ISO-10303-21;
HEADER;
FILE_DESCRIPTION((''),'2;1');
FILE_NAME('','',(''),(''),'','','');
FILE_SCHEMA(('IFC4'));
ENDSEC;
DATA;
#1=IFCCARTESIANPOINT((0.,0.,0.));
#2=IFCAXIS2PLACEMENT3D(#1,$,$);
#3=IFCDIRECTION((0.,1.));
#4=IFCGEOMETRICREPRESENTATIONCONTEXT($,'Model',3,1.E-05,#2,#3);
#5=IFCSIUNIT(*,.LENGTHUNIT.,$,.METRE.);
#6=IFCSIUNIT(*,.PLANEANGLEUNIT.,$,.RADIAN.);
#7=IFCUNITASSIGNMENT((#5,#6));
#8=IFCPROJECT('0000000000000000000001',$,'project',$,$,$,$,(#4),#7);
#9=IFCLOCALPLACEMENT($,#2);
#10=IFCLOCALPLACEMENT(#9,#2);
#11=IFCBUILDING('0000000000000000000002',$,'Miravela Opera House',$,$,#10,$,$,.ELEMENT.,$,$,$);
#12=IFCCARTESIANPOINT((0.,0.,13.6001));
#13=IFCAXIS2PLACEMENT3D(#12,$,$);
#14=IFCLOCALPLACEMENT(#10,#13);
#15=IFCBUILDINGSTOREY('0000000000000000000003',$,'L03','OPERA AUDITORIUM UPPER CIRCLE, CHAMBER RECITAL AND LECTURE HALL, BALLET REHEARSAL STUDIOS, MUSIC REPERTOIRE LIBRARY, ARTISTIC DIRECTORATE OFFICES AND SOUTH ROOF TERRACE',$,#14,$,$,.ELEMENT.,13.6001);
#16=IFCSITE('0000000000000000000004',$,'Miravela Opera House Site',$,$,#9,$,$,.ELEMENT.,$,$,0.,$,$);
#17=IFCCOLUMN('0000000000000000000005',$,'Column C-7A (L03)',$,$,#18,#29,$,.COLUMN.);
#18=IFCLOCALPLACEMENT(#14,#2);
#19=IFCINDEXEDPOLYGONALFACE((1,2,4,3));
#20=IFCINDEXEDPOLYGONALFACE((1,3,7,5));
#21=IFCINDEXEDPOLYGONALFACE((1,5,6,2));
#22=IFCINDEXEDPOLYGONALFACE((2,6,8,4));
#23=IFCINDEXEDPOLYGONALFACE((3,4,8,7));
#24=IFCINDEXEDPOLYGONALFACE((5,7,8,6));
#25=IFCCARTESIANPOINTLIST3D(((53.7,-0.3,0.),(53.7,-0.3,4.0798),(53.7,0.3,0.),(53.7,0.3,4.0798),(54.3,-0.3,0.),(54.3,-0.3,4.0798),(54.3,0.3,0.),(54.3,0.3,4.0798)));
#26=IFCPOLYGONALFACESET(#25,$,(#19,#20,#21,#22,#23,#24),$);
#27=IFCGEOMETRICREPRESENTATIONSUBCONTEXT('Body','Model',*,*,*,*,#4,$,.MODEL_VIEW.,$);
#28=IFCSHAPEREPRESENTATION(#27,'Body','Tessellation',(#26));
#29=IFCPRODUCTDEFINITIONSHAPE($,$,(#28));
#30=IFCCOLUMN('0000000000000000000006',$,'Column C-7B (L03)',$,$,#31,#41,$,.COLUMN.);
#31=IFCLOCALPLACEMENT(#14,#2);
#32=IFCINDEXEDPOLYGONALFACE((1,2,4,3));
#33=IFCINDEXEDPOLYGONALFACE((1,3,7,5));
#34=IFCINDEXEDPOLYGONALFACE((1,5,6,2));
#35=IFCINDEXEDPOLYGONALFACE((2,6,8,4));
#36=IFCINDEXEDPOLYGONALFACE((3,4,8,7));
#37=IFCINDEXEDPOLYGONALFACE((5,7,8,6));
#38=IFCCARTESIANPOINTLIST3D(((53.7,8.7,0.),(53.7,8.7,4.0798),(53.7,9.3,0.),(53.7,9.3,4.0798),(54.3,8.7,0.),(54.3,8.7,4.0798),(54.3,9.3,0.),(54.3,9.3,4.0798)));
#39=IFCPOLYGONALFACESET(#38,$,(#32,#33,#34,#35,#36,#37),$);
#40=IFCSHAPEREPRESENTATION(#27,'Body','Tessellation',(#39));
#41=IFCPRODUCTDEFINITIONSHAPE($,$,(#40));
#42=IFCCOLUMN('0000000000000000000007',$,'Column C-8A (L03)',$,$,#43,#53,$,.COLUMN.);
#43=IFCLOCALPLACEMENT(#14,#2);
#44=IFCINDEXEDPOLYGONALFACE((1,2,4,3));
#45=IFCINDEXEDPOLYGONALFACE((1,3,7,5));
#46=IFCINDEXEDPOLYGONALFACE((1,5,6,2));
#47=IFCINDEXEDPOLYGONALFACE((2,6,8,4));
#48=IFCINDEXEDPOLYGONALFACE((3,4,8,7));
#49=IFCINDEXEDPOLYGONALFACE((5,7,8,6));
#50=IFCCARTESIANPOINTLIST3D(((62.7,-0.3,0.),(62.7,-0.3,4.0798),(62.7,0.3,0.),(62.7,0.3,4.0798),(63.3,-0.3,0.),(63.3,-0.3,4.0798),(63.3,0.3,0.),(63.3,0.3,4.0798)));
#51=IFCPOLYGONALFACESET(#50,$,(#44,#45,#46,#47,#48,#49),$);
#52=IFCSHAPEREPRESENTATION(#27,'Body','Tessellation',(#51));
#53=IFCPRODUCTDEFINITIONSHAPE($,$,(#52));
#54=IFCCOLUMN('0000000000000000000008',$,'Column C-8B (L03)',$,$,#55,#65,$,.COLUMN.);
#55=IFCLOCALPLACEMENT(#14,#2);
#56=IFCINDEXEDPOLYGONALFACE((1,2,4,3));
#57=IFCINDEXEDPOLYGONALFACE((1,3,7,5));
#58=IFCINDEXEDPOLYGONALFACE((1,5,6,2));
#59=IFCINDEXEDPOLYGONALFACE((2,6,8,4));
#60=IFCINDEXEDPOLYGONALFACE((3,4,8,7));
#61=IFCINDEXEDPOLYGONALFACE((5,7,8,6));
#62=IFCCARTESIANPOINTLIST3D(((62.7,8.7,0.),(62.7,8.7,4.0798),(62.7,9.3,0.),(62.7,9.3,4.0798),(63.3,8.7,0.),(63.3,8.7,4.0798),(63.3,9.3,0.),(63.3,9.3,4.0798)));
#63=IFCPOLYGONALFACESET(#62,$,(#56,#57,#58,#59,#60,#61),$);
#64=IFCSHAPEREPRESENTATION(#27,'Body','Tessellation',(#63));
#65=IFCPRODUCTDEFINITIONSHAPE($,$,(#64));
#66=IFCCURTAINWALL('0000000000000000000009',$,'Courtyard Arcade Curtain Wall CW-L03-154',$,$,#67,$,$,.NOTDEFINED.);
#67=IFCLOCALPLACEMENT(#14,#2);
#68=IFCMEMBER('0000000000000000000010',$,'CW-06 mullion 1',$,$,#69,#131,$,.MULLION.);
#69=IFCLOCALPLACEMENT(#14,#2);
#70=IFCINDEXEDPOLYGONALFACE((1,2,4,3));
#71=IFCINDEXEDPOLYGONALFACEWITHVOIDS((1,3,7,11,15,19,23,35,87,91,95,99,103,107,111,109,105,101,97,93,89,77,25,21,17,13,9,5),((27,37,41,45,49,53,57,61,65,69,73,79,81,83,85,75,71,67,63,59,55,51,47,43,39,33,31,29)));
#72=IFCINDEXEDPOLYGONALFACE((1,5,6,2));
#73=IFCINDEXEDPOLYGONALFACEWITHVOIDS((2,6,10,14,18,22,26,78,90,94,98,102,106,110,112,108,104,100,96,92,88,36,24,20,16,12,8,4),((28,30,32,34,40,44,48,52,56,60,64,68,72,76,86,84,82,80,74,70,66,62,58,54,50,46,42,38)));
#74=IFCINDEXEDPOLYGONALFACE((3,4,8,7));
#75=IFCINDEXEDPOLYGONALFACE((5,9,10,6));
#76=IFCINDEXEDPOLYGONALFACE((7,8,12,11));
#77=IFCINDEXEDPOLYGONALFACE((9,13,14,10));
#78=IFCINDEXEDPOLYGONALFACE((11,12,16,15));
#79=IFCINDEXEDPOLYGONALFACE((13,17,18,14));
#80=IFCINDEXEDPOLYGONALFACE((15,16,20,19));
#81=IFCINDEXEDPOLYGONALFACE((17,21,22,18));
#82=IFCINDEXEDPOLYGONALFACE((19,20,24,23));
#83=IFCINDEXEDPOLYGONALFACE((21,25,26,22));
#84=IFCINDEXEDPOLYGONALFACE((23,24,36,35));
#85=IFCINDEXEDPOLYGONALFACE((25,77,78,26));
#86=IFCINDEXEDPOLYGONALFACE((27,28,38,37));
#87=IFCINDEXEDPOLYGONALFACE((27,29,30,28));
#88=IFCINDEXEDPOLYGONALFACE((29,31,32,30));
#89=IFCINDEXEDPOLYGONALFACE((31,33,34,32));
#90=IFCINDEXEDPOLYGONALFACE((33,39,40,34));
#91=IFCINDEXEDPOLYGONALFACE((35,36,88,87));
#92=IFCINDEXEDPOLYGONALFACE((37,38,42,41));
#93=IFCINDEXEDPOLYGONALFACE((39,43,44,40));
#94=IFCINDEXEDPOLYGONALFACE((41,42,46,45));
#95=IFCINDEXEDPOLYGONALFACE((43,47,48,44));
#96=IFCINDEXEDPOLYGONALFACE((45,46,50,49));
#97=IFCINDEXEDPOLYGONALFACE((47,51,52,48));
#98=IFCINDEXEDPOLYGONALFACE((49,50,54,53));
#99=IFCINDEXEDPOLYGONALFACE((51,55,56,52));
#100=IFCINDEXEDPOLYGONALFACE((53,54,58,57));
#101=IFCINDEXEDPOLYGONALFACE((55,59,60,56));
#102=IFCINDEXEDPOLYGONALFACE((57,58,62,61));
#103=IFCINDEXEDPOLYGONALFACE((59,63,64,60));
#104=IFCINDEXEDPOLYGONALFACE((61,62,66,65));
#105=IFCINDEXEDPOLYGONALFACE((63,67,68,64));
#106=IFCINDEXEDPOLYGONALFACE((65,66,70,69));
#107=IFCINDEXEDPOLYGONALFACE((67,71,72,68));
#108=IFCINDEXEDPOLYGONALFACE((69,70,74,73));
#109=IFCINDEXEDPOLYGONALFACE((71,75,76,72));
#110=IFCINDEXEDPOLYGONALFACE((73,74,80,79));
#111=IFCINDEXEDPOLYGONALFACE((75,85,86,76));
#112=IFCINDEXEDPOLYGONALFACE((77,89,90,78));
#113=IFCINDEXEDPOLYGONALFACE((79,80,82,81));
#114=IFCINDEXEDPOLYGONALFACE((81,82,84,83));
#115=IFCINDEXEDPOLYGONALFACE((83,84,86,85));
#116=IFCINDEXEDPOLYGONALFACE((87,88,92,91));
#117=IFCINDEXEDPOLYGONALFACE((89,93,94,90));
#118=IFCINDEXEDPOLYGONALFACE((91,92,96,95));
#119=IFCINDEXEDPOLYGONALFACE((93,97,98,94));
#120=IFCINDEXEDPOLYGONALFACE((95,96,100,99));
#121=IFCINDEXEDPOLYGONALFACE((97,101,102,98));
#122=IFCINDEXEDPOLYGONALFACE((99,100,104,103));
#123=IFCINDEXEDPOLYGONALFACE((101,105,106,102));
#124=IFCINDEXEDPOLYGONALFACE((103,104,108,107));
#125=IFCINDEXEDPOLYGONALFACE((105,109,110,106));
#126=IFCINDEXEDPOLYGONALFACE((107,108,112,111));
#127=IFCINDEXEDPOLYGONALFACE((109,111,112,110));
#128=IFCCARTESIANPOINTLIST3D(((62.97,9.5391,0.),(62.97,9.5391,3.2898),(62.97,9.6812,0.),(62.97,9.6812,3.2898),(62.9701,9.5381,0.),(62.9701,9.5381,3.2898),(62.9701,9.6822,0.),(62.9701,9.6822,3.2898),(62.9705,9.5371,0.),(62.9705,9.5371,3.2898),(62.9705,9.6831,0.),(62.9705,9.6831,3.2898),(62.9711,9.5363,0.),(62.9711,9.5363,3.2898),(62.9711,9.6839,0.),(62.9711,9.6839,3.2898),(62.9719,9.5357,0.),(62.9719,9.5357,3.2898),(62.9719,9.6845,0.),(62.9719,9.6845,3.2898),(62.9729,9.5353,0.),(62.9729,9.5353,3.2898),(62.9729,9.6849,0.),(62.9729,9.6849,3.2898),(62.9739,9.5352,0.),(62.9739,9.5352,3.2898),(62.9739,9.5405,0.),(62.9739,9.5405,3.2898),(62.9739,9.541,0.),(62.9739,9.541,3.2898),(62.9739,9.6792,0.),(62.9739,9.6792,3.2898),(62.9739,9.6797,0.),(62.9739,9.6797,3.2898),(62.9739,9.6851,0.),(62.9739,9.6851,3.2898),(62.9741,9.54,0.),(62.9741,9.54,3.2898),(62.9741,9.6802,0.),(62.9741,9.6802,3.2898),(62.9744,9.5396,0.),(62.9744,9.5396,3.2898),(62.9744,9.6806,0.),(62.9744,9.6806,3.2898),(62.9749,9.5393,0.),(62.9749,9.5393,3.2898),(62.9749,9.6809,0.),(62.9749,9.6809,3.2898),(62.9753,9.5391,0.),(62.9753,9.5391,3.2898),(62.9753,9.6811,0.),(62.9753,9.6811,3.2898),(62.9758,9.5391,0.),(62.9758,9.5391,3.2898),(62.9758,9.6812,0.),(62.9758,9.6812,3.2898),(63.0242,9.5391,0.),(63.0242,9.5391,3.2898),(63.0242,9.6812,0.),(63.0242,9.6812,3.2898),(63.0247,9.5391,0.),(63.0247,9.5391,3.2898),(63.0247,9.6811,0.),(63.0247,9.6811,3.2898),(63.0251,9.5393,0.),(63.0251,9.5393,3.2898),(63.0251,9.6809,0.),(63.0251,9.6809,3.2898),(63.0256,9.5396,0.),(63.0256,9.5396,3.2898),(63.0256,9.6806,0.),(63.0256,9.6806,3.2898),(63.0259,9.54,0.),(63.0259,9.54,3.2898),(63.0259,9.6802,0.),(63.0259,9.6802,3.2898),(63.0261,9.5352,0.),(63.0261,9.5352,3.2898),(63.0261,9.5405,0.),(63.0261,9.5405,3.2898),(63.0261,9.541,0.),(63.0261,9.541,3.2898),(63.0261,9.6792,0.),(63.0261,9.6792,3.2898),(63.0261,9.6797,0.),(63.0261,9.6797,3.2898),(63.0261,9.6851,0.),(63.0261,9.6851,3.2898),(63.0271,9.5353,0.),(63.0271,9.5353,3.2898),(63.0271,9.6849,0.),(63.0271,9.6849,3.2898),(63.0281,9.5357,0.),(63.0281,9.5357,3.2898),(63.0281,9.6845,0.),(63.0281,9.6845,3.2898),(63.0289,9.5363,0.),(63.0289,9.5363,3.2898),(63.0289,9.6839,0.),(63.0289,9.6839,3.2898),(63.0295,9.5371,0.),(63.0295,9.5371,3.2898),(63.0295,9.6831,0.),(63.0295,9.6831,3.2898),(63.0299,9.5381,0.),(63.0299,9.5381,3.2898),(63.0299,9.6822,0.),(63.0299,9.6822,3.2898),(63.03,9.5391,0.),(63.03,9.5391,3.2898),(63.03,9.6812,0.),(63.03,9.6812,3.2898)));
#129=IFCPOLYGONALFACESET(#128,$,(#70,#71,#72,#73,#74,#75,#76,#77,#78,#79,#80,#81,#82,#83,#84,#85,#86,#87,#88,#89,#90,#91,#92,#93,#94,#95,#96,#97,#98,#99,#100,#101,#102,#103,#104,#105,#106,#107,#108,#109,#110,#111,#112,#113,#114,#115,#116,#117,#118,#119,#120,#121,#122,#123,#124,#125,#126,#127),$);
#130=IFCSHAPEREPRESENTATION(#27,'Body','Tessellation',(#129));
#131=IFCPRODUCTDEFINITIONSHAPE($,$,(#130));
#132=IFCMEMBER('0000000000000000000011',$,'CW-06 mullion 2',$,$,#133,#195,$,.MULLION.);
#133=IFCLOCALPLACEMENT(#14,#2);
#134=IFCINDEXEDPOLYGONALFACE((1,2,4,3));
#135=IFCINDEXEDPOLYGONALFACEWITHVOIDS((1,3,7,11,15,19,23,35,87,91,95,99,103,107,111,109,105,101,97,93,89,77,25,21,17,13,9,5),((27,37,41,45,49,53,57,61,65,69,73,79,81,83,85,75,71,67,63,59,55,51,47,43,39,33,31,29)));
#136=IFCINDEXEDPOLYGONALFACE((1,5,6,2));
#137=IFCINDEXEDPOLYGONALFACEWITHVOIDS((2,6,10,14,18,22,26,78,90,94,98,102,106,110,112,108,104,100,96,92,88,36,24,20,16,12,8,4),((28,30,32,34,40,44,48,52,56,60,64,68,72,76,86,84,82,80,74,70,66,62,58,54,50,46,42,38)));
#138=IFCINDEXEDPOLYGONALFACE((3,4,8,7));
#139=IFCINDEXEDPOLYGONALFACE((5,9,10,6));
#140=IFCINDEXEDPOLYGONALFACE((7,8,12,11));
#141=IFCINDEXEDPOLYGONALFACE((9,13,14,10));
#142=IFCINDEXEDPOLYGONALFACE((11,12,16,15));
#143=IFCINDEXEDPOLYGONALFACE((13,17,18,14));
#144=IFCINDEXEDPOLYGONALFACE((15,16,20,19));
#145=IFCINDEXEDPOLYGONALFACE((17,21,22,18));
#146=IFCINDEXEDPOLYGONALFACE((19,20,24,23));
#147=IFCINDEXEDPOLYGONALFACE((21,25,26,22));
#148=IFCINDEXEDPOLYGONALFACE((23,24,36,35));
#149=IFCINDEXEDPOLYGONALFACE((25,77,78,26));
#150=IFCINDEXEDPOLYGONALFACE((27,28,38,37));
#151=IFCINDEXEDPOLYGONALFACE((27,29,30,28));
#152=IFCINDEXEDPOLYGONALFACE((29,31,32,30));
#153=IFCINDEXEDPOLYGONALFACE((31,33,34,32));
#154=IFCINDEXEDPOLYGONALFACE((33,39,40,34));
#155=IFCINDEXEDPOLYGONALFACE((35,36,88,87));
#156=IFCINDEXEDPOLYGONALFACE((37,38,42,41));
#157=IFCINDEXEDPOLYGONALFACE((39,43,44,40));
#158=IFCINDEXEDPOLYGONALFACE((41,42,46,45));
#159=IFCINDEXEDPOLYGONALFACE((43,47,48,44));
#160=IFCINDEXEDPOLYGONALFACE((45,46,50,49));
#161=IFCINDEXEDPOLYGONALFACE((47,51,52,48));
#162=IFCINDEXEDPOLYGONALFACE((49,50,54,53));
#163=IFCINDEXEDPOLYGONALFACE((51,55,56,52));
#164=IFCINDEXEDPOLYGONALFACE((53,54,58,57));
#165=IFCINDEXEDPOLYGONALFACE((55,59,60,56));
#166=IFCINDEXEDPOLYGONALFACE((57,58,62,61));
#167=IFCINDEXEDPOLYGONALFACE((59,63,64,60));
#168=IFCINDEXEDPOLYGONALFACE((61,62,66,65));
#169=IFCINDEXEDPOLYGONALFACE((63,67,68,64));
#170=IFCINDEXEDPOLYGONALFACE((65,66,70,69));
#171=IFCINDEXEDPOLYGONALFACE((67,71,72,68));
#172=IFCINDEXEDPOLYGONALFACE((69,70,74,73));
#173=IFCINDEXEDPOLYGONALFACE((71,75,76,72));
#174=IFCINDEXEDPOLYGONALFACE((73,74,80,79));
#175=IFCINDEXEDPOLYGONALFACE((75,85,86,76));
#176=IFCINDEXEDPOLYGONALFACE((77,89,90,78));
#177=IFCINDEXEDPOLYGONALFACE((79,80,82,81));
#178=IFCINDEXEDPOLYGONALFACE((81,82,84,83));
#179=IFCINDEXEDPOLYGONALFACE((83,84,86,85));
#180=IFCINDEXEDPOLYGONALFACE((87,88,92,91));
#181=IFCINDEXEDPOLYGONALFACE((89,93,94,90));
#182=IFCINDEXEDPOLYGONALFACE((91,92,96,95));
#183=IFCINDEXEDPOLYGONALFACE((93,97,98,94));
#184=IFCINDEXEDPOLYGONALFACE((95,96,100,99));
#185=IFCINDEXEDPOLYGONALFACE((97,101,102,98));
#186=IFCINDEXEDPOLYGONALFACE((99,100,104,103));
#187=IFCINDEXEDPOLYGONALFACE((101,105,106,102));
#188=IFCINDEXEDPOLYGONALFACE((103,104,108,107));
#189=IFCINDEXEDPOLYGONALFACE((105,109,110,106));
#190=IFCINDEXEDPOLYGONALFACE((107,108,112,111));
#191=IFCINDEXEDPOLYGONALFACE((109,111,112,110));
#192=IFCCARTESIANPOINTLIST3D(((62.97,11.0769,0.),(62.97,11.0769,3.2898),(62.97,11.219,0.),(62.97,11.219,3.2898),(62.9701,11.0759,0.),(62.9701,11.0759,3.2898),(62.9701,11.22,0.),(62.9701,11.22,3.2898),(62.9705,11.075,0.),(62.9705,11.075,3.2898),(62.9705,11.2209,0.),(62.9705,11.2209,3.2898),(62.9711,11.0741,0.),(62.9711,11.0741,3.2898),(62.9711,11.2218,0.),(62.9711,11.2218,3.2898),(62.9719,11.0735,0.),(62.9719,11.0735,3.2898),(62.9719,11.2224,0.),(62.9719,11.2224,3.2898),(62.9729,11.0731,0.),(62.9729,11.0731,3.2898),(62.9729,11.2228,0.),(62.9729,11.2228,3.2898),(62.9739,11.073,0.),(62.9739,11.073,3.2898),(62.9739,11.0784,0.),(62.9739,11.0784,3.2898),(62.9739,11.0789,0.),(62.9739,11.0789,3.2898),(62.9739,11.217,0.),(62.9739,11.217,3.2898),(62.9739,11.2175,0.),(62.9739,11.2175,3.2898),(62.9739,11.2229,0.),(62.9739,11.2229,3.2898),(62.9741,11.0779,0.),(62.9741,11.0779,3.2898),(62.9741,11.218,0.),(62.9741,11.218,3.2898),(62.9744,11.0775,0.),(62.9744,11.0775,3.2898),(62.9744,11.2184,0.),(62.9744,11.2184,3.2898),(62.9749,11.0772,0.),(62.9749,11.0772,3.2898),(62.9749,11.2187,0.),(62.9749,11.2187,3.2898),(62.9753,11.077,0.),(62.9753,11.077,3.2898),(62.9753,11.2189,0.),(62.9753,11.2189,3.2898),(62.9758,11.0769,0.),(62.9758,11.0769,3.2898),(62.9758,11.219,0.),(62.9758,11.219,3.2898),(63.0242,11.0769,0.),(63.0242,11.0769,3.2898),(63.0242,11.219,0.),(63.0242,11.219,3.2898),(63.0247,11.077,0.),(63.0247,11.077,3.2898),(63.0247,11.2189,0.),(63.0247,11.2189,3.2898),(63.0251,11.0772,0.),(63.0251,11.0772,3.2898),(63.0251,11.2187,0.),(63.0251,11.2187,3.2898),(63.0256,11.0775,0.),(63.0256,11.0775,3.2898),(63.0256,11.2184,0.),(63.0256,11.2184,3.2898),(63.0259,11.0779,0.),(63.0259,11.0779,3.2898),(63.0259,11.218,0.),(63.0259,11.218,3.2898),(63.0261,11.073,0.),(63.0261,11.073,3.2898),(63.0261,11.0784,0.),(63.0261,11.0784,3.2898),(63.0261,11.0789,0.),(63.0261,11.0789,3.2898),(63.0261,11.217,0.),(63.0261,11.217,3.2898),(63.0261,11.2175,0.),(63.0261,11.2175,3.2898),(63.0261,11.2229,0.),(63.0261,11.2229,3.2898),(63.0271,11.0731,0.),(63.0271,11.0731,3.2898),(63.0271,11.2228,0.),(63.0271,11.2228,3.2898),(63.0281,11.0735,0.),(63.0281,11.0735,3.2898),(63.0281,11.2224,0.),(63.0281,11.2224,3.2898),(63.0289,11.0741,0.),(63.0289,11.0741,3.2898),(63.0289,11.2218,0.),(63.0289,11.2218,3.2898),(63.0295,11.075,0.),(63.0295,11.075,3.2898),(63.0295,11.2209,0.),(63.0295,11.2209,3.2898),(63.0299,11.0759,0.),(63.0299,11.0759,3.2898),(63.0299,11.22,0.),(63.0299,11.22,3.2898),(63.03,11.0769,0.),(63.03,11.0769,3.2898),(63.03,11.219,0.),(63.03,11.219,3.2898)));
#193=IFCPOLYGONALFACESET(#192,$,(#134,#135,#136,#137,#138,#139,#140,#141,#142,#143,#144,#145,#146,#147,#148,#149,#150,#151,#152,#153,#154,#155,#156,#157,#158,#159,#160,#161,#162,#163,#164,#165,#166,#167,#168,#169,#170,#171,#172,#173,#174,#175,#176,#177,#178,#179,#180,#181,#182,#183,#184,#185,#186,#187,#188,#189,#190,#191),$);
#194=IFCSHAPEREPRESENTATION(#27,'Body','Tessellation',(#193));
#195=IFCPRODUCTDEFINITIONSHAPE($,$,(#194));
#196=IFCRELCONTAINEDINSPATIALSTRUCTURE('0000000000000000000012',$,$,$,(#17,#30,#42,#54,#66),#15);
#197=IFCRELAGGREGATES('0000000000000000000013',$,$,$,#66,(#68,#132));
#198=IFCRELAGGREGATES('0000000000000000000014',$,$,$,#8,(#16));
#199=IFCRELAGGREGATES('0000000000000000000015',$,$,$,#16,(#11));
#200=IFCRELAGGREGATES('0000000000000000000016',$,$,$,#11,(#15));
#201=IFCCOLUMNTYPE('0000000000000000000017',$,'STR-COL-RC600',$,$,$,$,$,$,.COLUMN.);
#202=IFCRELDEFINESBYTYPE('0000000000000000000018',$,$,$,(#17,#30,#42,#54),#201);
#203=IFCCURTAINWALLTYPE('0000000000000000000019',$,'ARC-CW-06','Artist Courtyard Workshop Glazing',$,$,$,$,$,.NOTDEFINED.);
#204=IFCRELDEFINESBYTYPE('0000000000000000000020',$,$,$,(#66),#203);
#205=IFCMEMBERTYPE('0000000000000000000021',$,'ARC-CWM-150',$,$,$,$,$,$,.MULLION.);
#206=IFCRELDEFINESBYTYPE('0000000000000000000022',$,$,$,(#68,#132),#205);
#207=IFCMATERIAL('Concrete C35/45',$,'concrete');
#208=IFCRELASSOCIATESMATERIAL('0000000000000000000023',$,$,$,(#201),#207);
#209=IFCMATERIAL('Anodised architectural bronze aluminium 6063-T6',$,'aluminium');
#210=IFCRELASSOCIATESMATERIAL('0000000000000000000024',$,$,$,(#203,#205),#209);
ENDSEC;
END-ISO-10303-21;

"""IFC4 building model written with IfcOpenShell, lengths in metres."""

from ifc_helpers import new_model, si_unit, direction, frame, origin, origin_2d, place, context, subcontext, project, spatial, rectangle, hollow_rectangle, extrude, material, material_profile, profile_set, type_object, element, aggregate, save


model = new_model("IFC4")

# Units and contexts
model_context = context("Model", 3, precision=1e-05, world=origin(), true_north=direction((0.0, 1.0)))
body_context = subcontext(model_context, "Body", "Model", "MODEL_VIEW")
ifc_project = project(units=[si_unit("LENGTHUNIT", "METRE"), si_unit("PLANEANGLEUNIT", "RADIAN")], contexts=[model_context])

# Site, building, storey
site_placement = place(None, origin())
site = spatial("IfcSite", under=ifc_project, at=site_placement, Name="Miravela Opera House Site", CompositionType="ELEMENT", RefElevation=0.0)
building_placement = place(site_placement, origin())
building = spatial("IfcBuilding", under=site, at=building_placement, Name="Miravela Opera House", CompositionType="ELEMENT")
storey_placement = place(building_placement, frame((0.0, 0.0, 13.6001)))
storey = spatial("IfcBuildingStorey", under=building, at=storey_placement, Name="L03", Description="OPERA AUDITORIUM UPPER CIRCLE, CHAMBER RECITAL AND LECTURE HALL, BALLET REHEARSAL STUDIOS, MUSIC REPERTOIRE LIBRARY, ARTISTIC DIRECTORATE OFFICES AND SOUTH ROOF TERRACE", CompositionType="ELEMENT", Elevation=13.6001)

# Columns
ifc_material_1 = material(Name="Concrete C35/45", Category="concrete")
ifc_material_profile_1 = material_profile(ifc_material_1, rectangle(XDim=0.6001, YDim=0.6001, at=origin_2d()), Name="RC-COL-600X600")
ifc_profile_set_1 = profile_set([ifc_material_profile_1])
column_type = type_object("IfcColumnType", Name="STR-COL-RC600", PredefinedType="COLUMN", material=ifc_profile_set_1)
for number, where, z_axis, x_axis, name in (
    (1, (54.0, 0.0, 0.0), (0.0, 0.0, 1.0), (1.0, 0.0, 0.0), "Column C-7A (L03)"),
    (2, (54.0, 9.0, 0.0), (0.0, 0.0, 1.0), (1.0, 0.0, 0.0), "Column C-7B (L03)"),
    (3, (63.0, 0.0, 0.0), (0.0, 0.0, 1.0), (1.0, 0.0, 0.0), "Column C-8A (L03)"),
    (4, (63.0, 9.0, 0.0), (0.0, 0.0, 1.0), (1.0, 0.0, 0.0), "Column C-8B (L03)"),
):
    element("IfcColumn", number, at=place(storey_placement, frame(where, z_axis=z_axis, x_axis=x_axis)), inside=storey, type_object=column_type, Name=name, PredefinedType="COLUMN", context=body_context, shape_type="SweptSolid", body=[
        extrude(rectangle(XDim=0.6001, YDim=0.6001, at=origin_2d()), origin(), (0.0, 0.0, 1.0), 4.0798),
    ])

# Curtain wall, members
ifc_material_2 = material(Name="Anodised architectural bronze aluminium 6063-T6", Category="aluminium")
curtain_wall_type = type_object("IfcCurtainWallType", Name="ARC-CW-06", Description="Artist Courtyard Workshop Glazing", PredefinedType="NOTDEFINED", material=ifc_material_2)
curtain_wall_placement = place(storey_placement, origin())
curtain_wall = element("IfcCurtainWall", 5, at=curtain_wall_placement, inside=storey, type_object=curtain_wall_type, Name="Courtyard Arcade Curtain Wall CW-L03-154", PredefinedType="NOTDEFINED")
ifc_material_profile_2 = material_profile(ifc_material_2, hollow_rectangle(XDim=0.0601, YDim=0.1499, WallThickness=0.0039, InnerFilletRadius=0.002, OuterFilletRadius=0.0039, at=origin_2d()), Name="CWM-60X150")
ifc_profile_set_2 = profile_set([ifc_material_profile_2])
member_type_1 = type_object("IfcMemberType", Name="ARC-CWM-150", PredefinedType="MULLION", material=ifc_profile_set_2)
member_1_placement = place(storey_placement, frame((63.0, 9.6101, 0.0), z_axis=(0.0, 0.0, 1.0), x_axis=(-1.0, 0.0, 0.0)))
member_1 = element("IfcMember", 6, at=member_1_placement, type_object=member_type_1, Name="CW-06 mullion 1", PredefinedType="MULLION", context=body_context, shape_type="SweptSolid", body=[
    extrude(hollow_rectangle(XDim=0.0601, YDim=0.1499, WallThickness=0.0039, InnerFilletRadius=0.002, OuterFilletRadius=0.0039, at=origin_2d()), origin(), (0.0, 0.0, 1.0), 3.2898),
])
member_2_placement = place(storey_placement, frame((63.0, 11.1479, 0.0), z_axis=(0.0, 0.0, 1.0), x_axis=(-1.0, 0.0, 0.0)))
member_2 = element("IfcMember", 7, at=member_2_placement, type_object=member_type_1, Name="CW-06 mullion 2", PredefinedType="MULLION", context=body_context, shape_type="SweptSolid", body=[
    extrude(hollow_rectangle(XDim=0.0601, YDim=0.1499, WallThickness=0.0039, InnerFilletRadius=0.002, OuterFilletRadius=0.0039, at=origin_2d()), origin(), (0.0, 0.0, 1.0), 3.2898),
])

aggregate(curtain_wall, [member_1, member_2])

save(model, "model.ifc")
